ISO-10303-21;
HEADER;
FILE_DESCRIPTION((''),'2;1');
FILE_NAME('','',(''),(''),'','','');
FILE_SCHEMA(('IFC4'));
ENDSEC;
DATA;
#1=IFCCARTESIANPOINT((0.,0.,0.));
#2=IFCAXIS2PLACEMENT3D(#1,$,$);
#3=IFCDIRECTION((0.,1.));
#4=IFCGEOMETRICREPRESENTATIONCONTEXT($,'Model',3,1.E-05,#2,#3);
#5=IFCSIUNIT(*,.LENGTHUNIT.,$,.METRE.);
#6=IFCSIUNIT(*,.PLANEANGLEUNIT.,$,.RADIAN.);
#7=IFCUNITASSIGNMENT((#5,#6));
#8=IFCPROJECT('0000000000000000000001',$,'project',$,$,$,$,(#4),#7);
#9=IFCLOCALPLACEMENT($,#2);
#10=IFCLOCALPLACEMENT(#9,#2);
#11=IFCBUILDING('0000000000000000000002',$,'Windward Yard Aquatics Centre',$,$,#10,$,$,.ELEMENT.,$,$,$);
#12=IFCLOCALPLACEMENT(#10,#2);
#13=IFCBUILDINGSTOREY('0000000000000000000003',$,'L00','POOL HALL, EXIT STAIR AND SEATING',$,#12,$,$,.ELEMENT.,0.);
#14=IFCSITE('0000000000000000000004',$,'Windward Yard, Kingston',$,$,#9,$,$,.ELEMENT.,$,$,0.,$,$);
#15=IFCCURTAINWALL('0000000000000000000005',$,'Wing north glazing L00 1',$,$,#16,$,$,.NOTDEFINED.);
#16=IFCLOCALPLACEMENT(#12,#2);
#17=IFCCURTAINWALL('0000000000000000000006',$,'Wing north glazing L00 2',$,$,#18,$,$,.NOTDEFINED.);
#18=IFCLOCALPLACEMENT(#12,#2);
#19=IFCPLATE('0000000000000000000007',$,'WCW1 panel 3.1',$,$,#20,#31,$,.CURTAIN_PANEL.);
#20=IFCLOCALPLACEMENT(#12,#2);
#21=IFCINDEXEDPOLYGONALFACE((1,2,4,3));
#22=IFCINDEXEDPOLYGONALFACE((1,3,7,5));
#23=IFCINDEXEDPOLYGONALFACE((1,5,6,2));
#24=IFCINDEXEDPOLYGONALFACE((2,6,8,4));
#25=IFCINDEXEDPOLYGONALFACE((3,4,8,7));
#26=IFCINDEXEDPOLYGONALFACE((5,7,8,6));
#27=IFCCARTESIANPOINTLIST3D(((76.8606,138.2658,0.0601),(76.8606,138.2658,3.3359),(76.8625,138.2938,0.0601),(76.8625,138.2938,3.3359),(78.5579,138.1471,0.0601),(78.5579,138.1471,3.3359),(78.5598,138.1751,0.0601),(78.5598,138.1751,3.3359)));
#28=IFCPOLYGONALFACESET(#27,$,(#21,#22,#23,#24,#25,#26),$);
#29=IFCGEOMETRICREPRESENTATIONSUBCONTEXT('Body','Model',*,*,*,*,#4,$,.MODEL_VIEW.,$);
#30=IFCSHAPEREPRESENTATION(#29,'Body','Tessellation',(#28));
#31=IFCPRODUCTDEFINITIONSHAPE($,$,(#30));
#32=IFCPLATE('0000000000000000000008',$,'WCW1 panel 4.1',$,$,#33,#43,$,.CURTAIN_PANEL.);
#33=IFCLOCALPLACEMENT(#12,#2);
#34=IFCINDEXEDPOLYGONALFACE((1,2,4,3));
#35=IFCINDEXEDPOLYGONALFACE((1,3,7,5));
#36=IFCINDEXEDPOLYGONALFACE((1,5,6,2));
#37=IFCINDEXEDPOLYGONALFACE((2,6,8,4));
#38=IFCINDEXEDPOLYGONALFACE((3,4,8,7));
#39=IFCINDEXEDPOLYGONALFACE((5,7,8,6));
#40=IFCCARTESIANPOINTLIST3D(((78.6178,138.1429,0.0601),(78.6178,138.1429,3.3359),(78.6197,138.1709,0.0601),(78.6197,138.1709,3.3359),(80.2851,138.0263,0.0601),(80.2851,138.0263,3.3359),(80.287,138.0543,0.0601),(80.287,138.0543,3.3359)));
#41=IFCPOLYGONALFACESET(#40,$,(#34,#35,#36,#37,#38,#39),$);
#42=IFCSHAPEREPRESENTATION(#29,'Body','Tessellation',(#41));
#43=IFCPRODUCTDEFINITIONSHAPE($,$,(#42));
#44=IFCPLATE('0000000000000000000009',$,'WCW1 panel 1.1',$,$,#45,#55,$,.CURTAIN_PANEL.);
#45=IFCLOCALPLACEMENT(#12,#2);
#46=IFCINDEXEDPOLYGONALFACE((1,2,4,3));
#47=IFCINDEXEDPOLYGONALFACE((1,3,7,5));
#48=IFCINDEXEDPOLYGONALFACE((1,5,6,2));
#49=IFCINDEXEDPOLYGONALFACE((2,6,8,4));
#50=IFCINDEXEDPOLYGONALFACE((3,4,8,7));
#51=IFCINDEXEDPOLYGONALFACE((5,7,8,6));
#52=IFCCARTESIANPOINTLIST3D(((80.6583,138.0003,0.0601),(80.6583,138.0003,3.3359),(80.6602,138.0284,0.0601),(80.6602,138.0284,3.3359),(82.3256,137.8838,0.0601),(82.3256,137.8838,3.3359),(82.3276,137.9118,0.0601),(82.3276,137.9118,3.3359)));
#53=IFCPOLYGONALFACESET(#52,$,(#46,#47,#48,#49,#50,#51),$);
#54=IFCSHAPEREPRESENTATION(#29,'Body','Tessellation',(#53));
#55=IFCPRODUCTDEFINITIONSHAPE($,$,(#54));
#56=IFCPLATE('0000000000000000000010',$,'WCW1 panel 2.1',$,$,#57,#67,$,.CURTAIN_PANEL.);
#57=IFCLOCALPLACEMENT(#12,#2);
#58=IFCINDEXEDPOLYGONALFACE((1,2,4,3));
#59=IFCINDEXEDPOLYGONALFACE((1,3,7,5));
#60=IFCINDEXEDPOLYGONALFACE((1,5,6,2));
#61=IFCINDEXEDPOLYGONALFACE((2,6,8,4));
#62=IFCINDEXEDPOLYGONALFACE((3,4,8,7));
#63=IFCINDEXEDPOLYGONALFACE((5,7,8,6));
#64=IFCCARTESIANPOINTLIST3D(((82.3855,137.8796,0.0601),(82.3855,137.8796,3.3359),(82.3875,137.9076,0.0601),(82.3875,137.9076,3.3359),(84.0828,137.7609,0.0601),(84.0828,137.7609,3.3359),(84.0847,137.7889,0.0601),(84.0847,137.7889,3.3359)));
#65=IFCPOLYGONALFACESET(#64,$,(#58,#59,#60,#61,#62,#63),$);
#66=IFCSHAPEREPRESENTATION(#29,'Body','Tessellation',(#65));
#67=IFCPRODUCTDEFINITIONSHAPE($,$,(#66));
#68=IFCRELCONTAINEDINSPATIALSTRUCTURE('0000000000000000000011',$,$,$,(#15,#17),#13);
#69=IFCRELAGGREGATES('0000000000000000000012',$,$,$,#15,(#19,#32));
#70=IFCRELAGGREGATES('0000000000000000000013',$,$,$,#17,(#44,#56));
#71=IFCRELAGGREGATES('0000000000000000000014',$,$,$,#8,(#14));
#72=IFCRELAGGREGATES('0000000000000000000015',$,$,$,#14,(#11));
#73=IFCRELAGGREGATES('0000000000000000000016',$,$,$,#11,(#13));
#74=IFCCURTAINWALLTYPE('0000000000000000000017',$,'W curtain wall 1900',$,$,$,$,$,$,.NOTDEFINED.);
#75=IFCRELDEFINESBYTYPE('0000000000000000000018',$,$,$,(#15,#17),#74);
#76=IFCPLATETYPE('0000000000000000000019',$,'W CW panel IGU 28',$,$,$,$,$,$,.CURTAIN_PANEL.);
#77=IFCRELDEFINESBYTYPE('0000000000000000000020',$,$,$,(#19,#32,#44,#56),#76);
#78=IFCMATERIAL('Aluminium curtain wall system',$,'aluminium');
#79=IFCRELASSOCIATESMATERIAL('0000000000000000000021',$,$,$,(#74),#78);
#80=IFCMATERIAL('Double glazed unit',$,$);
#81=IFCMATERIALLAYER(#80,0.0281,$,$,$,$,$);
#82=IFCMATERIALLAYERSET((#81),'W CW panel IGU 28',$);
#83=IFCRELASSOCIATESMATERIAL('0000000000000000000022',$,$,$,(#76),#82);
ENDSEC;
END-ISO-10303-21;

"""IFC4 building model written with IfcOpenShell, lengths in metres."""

from ifc_helpers import new_model, si_unit, direction, frame, origin, origin_2d, place, context, subcontext, project, spatial, rectangle, extrude, material, layer, layer_set, type_object, element, aggregate, save


model = new_model("IFC4")

# Units and contexts
model_context = context("Model", 3, precision=1e-05, world=origin(), true_north=direction((0.0, 1.0)))
body_context = subcontext(model_context, "Body", "Model", "MODEL_VIEW")
ifc_project = project(units=[si_unit("LENGTHUNIT", "METRE"), si_unit("PLANEANGLEUNIT", "RADIAN")], contexts=[model_context])

# Site, building, storey
site_placement = place(None, origin())
site = spatial("IfcSite", under=ifc_project, at=site_placement, Name="Windward Yard, Kingston", CompositionType="ELEMENT", RefElevation=0.0)
building_placement = place(site_placement, origin())
building = spatial("IfcBuilding", under=site, at=building_placement, Name="Windward Yard Aquatics Centre", CompositionType="ELEMENT")
storey_placement = place(building_placement, origin())
storey = spatial("IfcBuildingStorey", under=building, at=storey_placement, Name="L00", Description="POOL HALL, EXIT STAIR AND SEATING", CompositionType="ELEMENT", Elevation=0.0)

# Curtain walls
ifc_material_1 = material(Name="Aluminium curtain wall system", Category="aluminium")
curtain_wall_type = type_object("IfcCurtainWallType", Name="W curtain wall 1900", PredefinedType="NOTDEFINED", material=ifc_material_1)
curtain_wall_1_placement = place(storey_placement, origin())
curtain_wall_1 = element("IfcCurtainWall", 1, at=curtain_wall_1_placement, inside=storey, type_object=curtain_wall_type, Name="Wing north glazing L00 1", PredefinedType="NOTDEFINED")
curtain_wall_2_placement = place(storey_placement, origin())
curtain_wall_2 = element("IfcCurtainWall", 2, at=curtain_wall_2_placement, inside=storey, type_object=curtain_wall_type, Name="Wing north glazing L00 2", PredefinedType="NOTDEFINED")

# Plates
ifc_material_2 = material(Name="Double glazed unit")
ifc_layer = layer(ifc_material_2, 0.0281)
ifc_layer_set = layer_set([ifc_layer], Name="W CW panel IGU 28")
plate_type = type_object("IfcPlateType", Name="W CW panel IGU 28", PredefinedType="CURTAIN_PANEL", material=ifc_layer_set)
plate_1_placement = place(storey_placement, frame((77.7102, 138.2205, 0.0601), z_axis=(0.0, 0.0, 1.0), x_axis=(0.997564, -0.069756, 0.0)))
plate_1 = element("IfcPlate", 3, at=plate_1_placement, type_object=plate_type, Name="WCW1 panel 3.1", PredefinedType="CURTAIN_PANEL", context=body_context, shape_type="SweptSolid", body=[
    extrude(rectangle(XDim=1.7014, YDim=0.0281, at=origin_2d()), origin(), (0.0, 0.0, 1.0), 3.2759),
])
plate_2_placement = place(storey_placement, frame((79.4524, 138.0986, 0.0601), z_axis=(0.0, 0.0, 1.0), x_axis=(0.997564, -0.069756, 0.0)))
plate_2 = element("IfcPlate", 4, at=plate_2_placement, type_object=plate_type, Name="WCW1 panel 4.1", PredefinedType="CURTAIN_PANEL", context=body_context, shape_type="SweptSolid", body=[
    extrude(rectangle(XDim=1.6714, YDim=0.0281, at=origin_2d()), origin(), (0.0, 0.0, 1.0), 3.2759),
])
aggregate(curtain_wall_1, [plate_1, plate_2])
plate_3_placement = place(storey_placement, frame((81.4929, 137.9561, 0.0601), z_axis=(0.0, 0.0, 1.0), x_axis=(0.997564, -0.069756, 0.0)))
plate_3 = element("IfcPlate", 5, at=plate_3_placement, type_object=plate_type, Name="WCW1 panel 1.1", PredefinedType="CURTAIN_PANEL", context=body_context, shape_type="SweptSolid", body=[
    extrude(rectangle(XDim=1.6714, YDim=0.0281, at=origin_2d()), origin(), (0.0, 0.0, 1.0), 3.2759),
])
plate_4_placement = place(storey_placement, frame((83.2351, 137.8342, 0.0601), z_axis=(0.0, 0.0, 1.0), x_axis=(0.997564, -0.069756, 0.0)))
plate_4 = element("IfcPlate", 6, at=plate_4_placement, type_object=plate_type, Name="WCW1 panel 2.1", PredefinedType="CURTAIN_PANEL", context=body_context, shape_type="SweptSolid", body=[
    extrude(rectangle(XDim=1.7014, YDim=0.0281, at=origin_2d()), origin(), (0.0, 0.0, 1.0), 3.2759),
])
aggregate(curtain_wall_2, [plate_3, plate_4])

save(model, "model.ifc")
